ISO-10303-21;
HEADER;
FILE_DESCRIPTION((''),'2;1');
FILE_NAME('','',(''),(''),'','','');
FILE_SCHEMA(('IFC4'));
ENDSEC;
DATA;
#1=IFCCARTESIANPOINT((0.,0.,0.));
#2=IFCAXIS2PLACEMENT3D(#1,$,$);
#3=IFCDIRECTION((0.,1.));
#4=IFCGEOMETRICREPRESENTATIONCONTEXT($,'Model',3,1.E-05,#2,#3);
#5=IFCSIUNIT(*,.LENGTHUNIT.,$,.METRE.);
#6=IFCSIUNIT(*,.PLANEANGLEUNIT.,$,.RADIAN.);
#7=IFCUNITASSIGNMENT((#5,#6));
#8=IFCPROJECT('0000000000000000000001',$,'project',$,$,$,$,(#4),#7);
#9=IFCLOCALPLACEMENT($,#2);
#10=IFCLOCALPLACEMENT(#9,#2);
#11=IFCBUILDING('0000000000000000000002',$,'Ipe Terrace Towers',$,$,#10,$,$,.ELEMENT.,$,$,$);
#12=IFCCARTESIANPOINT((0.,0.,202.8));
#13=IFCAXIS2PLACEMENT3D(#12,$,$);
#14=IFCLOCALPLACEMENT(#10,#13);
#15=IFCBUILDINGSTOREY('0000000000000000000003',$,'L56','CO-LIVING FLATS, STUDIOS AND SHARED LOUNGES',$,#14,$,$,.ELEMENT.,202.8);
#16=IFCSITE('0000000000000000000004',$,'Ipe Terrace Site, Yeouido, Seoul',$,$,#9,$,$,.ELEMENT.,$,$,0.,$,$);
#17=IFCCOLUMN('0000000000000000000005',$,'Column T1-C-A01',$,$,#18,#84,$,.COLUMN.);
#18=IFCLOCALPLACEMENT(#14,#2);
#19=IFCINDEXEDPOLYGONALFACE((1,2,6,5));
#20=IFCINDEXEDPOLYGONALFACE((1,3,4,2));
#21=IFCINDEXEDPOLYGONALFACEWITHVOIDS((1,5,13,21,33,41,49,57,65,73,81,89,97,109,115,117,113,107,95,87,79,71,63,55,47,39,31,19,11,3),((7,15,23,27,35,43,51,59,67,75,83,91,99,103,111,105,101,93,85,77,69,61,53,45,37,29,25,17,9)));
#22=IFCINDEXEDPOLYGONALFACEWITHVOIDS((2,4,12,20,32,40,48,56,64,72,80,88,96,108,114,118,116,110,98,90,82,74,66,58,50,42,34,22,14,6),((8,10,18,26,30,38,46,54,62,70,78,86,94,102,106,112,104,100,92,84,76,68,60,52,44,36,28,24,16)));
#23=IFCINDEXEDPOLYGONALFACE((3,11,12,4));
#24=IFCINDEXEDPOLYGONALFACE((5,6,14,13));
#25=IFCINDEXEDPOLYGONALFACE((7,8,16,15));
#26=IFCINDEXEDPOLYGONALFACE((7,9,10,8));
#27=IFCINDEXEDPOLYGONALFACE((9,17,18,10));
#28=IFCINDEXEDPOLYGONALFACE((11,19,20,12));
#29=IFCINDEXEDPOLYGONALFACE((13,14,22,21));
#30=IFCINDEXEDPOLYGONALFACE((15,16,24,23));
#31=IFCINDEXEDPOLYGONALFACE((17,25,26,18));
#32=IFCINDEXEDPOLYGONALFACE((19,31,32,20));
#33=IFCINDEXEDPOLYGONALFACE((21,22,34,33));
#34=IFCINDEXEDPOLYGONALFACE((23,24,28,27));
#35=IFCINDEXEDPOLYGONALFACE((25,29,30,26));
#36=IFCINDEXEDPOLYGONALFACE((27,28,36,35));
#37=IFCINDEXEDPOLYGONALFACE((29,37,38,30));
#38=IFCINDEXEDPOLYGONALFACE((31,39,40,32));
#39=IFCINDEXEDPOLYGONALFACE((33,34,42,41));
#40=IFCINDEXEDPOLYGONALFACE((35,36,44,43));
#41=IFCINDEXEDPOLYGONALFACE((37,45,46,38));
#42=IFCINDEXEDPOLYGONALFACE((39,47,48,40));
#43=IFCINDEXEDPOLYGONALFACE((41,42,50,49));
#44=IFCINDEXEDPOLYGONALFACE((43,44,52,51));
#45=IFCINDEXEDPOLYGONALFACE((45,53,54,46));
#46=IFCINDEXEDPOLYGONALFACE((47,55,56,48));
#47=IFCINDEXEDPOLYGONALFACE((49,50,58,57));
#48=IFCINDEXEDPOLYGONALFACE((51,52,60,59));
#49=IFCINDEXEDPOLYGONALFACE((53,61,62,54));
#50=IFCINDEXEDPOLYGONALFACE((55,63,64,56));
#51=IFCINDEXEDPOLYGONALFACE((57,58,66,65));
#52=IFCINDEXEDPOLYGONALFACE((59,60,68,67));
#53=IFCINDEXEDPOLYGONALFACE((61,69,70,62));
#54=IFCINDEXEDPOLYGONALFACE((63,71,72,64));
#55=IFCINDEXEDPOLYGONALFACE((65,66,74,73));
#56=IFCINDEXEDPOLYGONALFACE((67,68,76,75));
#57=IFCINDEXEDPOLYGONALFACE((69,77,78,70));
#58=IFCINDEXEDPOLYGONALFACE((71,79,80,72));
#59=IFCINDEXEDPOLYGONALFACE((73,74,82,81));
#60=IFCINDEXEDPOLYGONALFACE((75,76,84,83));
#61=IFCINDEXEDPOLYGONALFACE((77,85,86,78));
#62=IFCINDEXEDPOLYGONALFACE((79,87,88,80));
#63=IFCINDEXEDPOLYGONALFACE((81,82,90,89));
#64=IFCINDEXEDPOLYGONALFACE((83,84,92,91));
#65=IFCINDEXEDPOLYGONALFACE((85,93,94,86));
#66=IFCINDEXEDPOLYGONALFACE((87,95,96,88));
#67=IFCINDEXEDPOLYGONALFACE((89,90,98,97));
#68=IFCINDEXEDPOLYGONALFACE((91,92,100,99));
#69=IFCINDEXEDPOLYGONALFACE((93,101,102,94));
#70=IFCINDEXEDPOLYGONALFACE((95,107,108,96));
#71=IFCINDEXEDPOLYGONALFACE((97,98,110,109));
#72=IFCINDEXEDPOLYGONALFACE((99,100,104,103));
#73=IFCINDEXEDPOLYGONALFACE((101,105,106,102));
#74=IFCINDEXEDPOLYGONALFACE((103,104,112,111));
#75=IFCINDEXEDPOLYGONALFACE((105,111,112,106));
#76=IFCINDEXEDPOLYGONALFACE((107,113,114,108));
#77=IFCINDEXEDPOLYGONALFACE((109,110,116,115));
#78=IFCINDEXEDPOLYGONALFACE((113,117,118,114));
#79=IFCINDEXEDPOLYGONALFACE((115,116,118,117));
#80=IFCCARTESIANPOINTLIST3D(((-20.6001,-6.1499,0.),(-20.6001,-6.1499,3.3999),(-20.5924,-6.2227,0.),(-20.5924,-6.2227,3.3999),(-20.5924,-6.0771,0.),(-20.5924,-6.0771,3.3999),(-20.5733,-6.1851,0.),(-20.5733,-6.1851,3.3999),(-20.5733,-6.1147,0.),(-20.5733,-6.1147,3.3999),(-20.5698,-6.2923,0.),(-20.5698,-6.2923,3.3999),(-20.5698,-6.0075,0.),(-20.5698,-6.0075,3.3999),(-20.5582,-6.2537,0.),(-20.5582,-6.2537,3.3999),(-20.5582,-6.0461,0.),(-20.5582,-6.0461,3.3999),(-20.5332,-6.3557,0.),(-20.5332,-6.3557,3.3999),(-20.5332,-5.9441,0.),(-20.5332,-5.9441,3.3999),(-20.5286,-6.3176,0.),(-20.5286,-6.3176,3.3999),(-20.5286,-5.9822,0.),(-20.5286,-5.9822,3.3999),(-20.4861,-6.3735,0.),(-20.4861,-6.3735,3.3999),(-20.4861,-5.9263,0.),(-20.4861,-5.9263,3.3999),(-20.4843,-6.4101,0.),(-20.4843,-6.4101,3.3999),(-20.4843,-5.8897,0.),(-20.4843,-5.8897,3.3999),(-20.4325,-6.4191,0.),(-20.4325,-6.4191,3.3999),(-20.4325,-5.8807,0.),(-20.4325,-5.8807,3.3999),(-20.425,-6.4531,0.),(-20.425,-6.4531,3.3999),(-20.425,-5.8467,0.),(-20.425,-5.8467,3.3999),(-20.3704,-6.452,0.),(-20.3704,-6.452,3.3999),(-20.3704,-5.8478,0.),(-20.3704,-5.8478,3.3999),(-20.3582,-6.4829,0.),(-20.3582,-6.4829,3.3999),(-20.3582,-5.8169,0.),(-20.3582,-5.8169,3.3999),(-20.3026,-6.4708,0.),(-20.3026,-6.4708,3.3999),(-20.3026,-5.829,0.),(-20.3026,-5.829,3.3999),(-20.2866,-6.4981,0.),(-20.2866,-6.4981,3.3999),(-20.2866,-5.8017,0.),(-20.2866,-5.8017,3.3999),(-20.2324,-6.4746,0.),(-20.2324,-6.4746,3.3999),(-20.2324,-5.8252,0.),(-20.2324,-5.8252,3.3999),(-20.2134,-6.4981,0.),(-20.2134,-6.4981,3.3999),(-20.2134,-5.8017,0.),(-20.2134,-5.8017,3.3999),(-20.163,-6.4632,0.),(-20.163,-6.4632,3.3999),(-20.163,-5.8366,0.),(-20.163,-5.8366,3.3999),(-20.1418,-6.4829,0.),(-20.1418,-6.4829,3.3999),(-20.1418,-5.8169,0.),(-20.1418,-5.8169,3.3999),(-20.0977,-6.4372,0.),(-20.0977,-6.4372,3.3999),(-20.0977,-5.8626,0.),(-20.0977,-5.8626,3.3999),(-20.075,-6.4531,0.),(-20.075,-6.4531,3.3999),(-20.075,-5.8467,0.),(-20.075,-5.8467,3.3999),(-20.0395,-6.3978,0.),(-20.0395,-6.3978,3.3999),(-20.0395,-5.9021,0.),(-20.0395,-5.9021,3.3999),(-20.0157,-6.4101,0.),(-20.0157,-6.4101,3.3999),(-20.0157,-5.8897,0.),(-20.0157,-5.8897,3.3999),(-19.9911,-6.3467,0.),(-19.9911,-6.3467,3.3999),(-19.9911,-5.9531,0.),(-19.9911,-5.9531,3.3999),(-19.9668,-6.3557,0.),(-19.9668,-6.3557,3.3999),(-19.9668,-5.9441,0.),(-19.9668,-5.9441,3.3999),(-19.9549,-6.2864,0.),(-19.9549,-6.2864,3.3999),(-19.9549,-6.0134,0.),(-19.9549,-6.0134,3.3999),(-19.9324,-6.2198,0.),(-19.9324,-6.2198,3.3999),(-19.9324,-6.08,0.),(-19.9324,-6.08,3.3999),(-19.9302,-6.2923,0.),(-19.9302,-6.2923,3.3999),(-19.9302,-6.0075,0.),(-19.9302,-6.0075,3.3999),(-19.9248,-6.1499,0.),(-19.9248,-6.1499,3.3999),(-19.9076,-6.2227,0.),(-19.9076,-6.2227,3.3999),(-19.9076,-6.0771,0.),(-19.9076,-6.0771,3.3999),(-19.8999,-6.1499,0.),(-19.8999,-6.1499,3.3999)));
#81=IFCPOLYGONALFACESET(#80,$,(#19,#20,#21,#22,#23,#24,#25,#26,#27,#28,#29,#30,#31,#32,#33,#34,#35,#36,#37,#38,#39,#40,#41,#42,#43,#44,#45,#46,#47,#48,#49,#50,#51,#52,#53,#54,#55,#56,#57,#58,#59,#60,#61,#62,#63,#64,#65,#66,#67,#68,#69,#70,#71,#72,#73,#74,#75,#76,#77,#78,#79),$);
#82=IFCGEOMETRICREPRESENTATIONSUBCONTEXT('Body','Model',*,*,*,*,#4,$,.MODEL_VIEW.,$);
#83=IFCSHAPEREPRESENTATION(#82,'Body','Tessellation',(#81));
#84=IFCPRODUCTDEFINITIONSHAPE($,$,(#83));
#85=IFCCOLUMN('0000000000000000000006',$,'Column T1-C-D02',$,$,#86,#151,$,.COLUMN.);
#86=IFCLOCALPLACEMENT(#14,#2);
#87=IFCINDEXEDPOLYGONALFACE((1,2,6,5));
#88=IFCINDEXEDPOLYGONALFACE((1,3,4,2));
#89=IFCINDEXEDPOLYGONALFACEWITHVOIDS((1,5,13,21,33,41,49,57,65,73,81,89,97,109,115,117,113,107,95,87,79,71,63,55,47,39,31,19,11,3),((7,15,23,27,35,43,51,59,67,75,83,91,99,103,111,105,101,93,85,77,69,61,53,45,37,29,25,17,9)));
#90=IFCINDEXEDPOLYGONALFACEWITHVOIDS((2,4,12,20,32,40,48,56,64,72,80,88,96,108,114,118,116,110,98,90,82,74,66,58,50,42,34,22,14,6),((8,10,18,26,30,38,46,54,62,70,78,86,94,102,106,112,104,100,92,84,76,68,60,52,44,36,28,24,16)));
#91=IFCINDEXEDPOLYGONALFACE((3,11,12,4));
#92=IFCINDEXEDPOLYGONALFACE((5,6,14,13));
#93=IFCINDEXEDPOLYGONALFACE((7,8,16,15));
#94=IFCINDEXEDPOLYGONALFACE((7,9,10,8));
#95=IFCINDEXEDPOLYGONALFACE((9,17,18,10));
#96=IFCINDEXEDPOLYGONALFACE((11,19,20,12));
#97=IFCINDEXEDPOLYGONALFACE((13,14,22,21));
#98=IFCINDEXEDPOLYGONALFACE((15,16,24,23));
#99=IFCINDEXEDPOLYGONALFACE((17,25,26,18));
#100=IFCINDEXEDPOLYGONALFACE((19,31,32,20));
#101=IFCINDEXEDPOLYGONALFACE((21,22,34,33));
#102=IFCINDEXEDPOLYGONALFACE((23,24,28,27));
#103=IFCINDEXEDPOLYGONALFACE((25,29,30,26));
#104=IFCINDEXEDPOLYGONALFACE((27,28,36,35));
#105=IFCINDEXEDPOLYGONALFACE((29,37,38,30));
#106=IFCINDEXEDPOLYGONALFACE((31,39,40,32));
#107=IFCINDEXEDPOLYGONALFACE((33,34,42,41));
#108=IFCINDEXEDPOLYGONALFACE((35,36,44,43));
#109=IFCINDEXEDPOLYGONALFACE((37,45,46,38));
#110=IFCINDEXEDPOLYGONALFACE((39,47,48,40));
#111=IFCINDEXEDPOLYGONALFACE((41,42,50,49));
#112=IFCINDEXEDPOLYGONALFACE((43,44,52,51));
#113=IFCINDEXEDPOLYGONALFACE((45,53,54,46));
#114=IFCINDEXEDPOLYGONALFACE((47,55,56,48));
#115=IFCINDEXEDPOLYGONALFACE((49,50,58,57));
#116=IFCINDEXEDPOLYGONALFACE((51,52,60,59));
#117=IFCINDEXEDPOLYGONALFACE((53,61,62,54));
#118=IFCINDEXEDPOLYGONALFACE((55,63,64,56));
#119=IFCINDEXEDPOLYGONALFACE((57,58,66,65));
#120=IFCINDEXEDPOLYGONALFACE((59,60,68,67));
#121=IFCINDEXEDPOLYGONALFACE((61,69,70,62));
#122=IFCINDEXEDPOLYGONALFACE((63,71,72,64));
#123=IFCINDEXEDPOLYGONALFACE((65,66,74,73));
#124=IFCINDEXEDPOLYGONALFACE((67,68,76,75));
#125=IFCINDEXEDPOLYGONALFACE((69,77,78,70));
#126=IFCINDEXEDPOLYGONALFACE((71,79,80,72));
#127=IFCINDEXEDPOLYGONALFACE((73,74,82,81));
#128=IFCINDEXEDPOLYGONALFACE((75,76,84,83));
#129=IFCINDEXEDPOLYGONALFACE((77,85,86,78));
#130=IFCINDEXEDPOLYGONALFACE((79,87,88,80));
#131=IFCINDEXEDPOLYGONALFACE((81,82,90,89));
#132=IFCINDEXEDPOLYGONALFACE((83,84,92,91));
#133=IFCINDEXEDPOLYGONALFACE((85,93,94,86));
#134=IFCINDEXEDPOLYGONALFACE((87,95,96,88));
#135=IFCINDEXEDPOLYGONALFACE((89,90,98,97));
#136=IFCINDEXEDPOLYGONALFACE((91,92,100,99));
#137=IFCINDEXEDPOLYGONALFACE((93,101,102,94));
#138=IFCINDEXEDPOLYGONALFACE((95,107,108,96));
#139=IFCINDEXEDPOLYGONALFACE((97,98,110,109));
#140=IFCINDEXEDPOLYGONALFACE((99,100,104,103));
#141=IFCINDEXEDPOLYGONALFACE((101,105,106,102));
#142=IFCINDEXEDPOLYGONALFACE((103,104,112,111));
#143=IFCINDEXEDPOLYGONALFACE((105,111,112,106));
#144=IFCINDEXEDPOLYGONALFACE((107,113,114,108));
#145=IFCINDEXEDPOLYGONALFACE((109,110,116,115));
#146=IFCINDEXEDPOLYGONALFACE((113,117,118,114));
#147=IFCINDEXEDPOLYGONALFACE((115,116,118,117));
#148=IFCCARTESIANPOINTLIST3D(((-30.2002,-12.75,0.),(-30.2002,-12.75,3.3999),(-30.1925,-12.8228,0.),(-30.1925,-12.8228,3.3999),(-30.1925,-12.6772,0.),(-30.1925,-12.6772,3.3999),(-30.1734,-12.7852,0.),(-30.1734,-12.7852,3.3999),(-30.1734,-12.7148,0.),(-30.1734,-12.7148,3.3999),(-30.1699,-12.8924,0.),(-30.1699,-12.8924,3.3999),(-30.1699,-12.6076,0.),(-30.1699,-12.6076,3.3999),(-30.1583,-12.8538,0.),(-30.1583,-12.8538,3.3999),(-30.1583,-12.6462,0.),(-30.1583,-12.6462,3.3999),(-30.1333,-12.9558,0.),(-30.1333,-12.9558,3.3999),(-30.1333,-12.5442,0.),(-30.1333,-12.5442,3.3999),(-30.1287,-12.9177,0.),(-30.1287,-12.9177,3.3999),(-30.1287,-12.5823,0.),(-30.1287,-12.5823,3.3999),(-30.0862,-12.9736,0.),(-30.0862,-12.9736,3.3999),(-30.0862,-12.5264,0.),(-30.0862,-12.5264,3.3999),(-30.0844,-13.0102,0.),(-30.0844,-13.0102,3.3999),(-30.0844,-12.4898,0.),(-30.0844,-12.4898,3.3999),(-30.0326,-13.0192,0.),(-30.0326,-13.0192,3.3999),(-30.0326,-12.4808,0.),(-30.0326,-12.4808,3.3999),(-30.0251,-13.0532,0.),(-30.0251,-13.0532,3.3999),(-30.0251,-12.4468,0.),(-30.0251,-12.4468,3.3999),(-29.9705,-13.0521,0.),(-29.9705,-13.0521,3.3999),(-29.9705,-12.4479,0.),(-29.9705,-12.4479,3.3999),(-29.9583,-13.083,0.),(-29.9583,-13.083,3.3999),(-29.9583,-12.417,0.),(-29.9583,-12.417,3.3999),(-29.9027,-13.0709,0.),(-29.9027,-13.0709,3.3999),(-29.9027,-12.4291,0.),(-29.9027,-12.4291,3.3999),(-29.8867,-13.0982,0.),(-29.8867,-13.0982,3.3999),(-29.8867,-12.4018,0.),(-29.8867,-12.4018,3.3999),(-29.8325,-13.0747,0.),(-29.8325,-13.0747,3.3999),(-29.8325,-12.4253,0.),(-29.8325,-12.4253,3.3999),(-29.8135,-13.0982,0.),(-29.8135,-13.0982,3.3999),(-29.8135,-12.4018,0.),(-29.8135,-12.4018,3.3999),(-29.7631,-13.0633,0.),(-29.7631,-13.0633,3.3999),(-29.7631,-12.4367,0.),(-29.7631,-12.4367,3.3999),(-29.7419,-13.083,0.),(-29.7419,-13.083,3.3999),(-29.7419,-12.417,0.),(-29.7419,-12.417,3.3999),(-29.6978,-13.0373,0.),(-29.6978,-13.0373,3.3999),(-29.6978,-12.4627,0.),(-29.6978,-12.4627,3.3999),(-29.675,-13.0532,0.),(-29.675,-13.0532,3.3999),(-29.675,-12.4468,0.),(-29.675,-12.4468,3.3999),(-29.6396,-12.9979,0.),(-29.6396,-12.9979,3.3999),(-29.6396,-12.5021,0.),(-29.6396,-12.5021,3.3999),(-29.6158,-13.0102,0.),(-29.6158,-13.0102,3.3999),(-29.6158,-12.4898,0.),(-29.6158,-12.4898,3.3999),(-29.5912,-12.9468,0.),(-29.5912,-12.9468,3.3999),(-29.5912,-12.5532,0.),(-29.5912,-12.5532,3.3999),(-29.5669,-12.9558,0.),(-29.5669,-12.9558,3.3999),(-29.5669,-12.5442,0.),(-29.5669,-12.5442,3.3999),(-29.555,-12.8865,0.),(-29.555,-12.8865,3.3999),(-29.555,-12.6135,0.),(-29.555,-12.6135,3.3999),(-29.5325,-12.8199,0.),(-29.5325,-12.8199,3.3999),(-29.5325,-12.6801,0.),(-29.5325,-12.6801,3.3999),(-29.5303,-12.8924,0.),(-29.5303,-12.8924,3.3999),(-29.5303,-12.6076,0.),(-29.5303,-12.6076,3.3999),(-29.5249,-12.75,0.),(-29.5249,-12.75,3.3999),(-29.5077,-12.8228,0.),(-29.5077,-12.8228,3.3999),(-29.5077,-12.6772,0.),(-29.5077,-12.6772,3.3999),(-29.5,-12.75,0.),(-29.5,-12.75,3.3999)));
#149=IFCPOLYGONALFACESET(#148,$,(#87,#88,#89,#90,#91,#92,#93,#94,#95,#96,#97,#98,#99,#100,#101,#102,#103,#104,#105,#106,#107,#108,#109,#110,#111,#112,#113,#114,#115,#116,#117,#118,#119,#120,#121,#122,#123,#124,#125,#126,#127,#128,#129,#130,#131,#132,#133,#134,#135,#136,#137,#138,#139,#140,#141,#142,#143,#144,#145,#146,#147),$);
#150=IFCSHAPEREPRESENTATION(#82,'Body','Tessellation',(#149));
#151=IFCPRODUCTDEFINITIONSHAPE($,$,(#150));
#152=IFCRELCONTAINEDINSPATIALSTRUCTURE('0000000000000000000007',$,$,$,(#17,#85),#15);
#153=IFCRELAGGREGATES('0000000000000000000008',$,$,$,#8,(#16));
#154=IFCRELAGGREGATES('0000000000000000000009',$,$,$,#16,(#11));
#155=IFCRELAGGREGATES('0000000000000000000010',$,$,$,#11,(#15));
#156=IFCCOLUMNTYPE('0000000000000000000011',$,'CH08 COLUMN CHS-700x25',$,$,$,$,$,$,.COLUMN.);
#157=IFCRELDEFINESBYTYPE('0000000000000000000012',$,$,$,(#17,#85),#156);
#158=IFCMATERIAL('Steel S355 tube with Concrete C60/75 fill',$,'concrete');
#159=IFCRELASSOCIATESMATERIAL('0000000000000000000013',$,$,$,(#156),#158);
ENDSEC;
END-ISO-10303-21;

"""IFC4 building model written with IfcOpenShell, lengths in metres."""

from ifc_helpers import new_model, si_unit, direction, frame, origin, origin_2d, place, context, subcontext, project, spatial, hollow_circle, extrude, material, material_profile, profile_set, type_object, element, save


model = new_model("IFC4")

# Units and contexts
model_context = context("Model", 3, precision=1e-05, world=origin(), true_north=direction((0.0, 1.0)))
body_context = subcontext(model_context, "Body", "Model", "MODEL_VIEW")
ifc_project = project(units=[si_unit("LENGTHUNIT", "METRE"), si_unit("PLANEANGLEUNIT", "RADIAN")], contexts=[model_context])

# Site, building, storey
site_placement = place(None, origin())
site = spatial("IfcSite", under=ifc_project, at=site_placement, Name="Ipe Terrace Site, Yeouido, Seoul", CompositionType="ELEMENT", RefElevation=0.0)
building_placement = place(site_placement, origin())
building = spatial("IfcBuilding", under=site, at=building_placement, Name="Ipe Terrace Towers", CompositionType="ELEMENT")
storey_placement = place(building_placement, frame((0.0, 0.0, 202.8)))
storey = spatial("IfcBuildingStorey", under=building, at=storey_placement, Name="L56", Description="CO-LIVING FLATS, STUDIOS AND SHARED LOUNGES", CompositionType="ELEMENT", Elevation=202.8)

# Columns
ifc_material_1 = material(Name="Steel S355 tube with Concrete C60/75 fill", Category="concrete")
ifc_material_profile_1 = material_profile(ifc_material_1, hollow_circle(Radius=0.3501, WallThickness=0.0249, at=origin_2d()), Name="CHS-700x25")
ifc_profile_set_1 = profile_set([ifc_material_profile_1], Name="Steel S355 tube with Concrete C60/75 fill")
column_type_1 = type_object("IfcColumnType", Name="CH08 COLUMN CHS-700x25", PredefinedType="COLUMN", material=ifc_profile_set_1)
for number, where, z_axis, x_axis, name in (
    (1, (-20.25, -6.1499, 0.0), (0.0, 0.0, 1.0), (1.0, 0.0, 0.0), "Column T1-C-A01"),
    (2, (-29.8501, -12.75, 0.0), (0.0, 0.0, 1.0), (1.0, 0.0, 0.0), "Column T1-C-D02"),
):
    element("IfcColumn", number, at=place(storey_placement, frame(where, z_axis=z_axis, x_axis=x_axis)), inside=storey, type_object=column_type_1, Name=name, PredefinedType="COLUMN", context=body_context, shape_type="SweptSolid", body=[
        extrude(hollow_circle(Radius=0.3501, WallThickness=0.0249, at=origin_2d()), origin(), (0.0, 0.0, 1.0), 3.3999),
    ])

save(model, "model.ifc")
